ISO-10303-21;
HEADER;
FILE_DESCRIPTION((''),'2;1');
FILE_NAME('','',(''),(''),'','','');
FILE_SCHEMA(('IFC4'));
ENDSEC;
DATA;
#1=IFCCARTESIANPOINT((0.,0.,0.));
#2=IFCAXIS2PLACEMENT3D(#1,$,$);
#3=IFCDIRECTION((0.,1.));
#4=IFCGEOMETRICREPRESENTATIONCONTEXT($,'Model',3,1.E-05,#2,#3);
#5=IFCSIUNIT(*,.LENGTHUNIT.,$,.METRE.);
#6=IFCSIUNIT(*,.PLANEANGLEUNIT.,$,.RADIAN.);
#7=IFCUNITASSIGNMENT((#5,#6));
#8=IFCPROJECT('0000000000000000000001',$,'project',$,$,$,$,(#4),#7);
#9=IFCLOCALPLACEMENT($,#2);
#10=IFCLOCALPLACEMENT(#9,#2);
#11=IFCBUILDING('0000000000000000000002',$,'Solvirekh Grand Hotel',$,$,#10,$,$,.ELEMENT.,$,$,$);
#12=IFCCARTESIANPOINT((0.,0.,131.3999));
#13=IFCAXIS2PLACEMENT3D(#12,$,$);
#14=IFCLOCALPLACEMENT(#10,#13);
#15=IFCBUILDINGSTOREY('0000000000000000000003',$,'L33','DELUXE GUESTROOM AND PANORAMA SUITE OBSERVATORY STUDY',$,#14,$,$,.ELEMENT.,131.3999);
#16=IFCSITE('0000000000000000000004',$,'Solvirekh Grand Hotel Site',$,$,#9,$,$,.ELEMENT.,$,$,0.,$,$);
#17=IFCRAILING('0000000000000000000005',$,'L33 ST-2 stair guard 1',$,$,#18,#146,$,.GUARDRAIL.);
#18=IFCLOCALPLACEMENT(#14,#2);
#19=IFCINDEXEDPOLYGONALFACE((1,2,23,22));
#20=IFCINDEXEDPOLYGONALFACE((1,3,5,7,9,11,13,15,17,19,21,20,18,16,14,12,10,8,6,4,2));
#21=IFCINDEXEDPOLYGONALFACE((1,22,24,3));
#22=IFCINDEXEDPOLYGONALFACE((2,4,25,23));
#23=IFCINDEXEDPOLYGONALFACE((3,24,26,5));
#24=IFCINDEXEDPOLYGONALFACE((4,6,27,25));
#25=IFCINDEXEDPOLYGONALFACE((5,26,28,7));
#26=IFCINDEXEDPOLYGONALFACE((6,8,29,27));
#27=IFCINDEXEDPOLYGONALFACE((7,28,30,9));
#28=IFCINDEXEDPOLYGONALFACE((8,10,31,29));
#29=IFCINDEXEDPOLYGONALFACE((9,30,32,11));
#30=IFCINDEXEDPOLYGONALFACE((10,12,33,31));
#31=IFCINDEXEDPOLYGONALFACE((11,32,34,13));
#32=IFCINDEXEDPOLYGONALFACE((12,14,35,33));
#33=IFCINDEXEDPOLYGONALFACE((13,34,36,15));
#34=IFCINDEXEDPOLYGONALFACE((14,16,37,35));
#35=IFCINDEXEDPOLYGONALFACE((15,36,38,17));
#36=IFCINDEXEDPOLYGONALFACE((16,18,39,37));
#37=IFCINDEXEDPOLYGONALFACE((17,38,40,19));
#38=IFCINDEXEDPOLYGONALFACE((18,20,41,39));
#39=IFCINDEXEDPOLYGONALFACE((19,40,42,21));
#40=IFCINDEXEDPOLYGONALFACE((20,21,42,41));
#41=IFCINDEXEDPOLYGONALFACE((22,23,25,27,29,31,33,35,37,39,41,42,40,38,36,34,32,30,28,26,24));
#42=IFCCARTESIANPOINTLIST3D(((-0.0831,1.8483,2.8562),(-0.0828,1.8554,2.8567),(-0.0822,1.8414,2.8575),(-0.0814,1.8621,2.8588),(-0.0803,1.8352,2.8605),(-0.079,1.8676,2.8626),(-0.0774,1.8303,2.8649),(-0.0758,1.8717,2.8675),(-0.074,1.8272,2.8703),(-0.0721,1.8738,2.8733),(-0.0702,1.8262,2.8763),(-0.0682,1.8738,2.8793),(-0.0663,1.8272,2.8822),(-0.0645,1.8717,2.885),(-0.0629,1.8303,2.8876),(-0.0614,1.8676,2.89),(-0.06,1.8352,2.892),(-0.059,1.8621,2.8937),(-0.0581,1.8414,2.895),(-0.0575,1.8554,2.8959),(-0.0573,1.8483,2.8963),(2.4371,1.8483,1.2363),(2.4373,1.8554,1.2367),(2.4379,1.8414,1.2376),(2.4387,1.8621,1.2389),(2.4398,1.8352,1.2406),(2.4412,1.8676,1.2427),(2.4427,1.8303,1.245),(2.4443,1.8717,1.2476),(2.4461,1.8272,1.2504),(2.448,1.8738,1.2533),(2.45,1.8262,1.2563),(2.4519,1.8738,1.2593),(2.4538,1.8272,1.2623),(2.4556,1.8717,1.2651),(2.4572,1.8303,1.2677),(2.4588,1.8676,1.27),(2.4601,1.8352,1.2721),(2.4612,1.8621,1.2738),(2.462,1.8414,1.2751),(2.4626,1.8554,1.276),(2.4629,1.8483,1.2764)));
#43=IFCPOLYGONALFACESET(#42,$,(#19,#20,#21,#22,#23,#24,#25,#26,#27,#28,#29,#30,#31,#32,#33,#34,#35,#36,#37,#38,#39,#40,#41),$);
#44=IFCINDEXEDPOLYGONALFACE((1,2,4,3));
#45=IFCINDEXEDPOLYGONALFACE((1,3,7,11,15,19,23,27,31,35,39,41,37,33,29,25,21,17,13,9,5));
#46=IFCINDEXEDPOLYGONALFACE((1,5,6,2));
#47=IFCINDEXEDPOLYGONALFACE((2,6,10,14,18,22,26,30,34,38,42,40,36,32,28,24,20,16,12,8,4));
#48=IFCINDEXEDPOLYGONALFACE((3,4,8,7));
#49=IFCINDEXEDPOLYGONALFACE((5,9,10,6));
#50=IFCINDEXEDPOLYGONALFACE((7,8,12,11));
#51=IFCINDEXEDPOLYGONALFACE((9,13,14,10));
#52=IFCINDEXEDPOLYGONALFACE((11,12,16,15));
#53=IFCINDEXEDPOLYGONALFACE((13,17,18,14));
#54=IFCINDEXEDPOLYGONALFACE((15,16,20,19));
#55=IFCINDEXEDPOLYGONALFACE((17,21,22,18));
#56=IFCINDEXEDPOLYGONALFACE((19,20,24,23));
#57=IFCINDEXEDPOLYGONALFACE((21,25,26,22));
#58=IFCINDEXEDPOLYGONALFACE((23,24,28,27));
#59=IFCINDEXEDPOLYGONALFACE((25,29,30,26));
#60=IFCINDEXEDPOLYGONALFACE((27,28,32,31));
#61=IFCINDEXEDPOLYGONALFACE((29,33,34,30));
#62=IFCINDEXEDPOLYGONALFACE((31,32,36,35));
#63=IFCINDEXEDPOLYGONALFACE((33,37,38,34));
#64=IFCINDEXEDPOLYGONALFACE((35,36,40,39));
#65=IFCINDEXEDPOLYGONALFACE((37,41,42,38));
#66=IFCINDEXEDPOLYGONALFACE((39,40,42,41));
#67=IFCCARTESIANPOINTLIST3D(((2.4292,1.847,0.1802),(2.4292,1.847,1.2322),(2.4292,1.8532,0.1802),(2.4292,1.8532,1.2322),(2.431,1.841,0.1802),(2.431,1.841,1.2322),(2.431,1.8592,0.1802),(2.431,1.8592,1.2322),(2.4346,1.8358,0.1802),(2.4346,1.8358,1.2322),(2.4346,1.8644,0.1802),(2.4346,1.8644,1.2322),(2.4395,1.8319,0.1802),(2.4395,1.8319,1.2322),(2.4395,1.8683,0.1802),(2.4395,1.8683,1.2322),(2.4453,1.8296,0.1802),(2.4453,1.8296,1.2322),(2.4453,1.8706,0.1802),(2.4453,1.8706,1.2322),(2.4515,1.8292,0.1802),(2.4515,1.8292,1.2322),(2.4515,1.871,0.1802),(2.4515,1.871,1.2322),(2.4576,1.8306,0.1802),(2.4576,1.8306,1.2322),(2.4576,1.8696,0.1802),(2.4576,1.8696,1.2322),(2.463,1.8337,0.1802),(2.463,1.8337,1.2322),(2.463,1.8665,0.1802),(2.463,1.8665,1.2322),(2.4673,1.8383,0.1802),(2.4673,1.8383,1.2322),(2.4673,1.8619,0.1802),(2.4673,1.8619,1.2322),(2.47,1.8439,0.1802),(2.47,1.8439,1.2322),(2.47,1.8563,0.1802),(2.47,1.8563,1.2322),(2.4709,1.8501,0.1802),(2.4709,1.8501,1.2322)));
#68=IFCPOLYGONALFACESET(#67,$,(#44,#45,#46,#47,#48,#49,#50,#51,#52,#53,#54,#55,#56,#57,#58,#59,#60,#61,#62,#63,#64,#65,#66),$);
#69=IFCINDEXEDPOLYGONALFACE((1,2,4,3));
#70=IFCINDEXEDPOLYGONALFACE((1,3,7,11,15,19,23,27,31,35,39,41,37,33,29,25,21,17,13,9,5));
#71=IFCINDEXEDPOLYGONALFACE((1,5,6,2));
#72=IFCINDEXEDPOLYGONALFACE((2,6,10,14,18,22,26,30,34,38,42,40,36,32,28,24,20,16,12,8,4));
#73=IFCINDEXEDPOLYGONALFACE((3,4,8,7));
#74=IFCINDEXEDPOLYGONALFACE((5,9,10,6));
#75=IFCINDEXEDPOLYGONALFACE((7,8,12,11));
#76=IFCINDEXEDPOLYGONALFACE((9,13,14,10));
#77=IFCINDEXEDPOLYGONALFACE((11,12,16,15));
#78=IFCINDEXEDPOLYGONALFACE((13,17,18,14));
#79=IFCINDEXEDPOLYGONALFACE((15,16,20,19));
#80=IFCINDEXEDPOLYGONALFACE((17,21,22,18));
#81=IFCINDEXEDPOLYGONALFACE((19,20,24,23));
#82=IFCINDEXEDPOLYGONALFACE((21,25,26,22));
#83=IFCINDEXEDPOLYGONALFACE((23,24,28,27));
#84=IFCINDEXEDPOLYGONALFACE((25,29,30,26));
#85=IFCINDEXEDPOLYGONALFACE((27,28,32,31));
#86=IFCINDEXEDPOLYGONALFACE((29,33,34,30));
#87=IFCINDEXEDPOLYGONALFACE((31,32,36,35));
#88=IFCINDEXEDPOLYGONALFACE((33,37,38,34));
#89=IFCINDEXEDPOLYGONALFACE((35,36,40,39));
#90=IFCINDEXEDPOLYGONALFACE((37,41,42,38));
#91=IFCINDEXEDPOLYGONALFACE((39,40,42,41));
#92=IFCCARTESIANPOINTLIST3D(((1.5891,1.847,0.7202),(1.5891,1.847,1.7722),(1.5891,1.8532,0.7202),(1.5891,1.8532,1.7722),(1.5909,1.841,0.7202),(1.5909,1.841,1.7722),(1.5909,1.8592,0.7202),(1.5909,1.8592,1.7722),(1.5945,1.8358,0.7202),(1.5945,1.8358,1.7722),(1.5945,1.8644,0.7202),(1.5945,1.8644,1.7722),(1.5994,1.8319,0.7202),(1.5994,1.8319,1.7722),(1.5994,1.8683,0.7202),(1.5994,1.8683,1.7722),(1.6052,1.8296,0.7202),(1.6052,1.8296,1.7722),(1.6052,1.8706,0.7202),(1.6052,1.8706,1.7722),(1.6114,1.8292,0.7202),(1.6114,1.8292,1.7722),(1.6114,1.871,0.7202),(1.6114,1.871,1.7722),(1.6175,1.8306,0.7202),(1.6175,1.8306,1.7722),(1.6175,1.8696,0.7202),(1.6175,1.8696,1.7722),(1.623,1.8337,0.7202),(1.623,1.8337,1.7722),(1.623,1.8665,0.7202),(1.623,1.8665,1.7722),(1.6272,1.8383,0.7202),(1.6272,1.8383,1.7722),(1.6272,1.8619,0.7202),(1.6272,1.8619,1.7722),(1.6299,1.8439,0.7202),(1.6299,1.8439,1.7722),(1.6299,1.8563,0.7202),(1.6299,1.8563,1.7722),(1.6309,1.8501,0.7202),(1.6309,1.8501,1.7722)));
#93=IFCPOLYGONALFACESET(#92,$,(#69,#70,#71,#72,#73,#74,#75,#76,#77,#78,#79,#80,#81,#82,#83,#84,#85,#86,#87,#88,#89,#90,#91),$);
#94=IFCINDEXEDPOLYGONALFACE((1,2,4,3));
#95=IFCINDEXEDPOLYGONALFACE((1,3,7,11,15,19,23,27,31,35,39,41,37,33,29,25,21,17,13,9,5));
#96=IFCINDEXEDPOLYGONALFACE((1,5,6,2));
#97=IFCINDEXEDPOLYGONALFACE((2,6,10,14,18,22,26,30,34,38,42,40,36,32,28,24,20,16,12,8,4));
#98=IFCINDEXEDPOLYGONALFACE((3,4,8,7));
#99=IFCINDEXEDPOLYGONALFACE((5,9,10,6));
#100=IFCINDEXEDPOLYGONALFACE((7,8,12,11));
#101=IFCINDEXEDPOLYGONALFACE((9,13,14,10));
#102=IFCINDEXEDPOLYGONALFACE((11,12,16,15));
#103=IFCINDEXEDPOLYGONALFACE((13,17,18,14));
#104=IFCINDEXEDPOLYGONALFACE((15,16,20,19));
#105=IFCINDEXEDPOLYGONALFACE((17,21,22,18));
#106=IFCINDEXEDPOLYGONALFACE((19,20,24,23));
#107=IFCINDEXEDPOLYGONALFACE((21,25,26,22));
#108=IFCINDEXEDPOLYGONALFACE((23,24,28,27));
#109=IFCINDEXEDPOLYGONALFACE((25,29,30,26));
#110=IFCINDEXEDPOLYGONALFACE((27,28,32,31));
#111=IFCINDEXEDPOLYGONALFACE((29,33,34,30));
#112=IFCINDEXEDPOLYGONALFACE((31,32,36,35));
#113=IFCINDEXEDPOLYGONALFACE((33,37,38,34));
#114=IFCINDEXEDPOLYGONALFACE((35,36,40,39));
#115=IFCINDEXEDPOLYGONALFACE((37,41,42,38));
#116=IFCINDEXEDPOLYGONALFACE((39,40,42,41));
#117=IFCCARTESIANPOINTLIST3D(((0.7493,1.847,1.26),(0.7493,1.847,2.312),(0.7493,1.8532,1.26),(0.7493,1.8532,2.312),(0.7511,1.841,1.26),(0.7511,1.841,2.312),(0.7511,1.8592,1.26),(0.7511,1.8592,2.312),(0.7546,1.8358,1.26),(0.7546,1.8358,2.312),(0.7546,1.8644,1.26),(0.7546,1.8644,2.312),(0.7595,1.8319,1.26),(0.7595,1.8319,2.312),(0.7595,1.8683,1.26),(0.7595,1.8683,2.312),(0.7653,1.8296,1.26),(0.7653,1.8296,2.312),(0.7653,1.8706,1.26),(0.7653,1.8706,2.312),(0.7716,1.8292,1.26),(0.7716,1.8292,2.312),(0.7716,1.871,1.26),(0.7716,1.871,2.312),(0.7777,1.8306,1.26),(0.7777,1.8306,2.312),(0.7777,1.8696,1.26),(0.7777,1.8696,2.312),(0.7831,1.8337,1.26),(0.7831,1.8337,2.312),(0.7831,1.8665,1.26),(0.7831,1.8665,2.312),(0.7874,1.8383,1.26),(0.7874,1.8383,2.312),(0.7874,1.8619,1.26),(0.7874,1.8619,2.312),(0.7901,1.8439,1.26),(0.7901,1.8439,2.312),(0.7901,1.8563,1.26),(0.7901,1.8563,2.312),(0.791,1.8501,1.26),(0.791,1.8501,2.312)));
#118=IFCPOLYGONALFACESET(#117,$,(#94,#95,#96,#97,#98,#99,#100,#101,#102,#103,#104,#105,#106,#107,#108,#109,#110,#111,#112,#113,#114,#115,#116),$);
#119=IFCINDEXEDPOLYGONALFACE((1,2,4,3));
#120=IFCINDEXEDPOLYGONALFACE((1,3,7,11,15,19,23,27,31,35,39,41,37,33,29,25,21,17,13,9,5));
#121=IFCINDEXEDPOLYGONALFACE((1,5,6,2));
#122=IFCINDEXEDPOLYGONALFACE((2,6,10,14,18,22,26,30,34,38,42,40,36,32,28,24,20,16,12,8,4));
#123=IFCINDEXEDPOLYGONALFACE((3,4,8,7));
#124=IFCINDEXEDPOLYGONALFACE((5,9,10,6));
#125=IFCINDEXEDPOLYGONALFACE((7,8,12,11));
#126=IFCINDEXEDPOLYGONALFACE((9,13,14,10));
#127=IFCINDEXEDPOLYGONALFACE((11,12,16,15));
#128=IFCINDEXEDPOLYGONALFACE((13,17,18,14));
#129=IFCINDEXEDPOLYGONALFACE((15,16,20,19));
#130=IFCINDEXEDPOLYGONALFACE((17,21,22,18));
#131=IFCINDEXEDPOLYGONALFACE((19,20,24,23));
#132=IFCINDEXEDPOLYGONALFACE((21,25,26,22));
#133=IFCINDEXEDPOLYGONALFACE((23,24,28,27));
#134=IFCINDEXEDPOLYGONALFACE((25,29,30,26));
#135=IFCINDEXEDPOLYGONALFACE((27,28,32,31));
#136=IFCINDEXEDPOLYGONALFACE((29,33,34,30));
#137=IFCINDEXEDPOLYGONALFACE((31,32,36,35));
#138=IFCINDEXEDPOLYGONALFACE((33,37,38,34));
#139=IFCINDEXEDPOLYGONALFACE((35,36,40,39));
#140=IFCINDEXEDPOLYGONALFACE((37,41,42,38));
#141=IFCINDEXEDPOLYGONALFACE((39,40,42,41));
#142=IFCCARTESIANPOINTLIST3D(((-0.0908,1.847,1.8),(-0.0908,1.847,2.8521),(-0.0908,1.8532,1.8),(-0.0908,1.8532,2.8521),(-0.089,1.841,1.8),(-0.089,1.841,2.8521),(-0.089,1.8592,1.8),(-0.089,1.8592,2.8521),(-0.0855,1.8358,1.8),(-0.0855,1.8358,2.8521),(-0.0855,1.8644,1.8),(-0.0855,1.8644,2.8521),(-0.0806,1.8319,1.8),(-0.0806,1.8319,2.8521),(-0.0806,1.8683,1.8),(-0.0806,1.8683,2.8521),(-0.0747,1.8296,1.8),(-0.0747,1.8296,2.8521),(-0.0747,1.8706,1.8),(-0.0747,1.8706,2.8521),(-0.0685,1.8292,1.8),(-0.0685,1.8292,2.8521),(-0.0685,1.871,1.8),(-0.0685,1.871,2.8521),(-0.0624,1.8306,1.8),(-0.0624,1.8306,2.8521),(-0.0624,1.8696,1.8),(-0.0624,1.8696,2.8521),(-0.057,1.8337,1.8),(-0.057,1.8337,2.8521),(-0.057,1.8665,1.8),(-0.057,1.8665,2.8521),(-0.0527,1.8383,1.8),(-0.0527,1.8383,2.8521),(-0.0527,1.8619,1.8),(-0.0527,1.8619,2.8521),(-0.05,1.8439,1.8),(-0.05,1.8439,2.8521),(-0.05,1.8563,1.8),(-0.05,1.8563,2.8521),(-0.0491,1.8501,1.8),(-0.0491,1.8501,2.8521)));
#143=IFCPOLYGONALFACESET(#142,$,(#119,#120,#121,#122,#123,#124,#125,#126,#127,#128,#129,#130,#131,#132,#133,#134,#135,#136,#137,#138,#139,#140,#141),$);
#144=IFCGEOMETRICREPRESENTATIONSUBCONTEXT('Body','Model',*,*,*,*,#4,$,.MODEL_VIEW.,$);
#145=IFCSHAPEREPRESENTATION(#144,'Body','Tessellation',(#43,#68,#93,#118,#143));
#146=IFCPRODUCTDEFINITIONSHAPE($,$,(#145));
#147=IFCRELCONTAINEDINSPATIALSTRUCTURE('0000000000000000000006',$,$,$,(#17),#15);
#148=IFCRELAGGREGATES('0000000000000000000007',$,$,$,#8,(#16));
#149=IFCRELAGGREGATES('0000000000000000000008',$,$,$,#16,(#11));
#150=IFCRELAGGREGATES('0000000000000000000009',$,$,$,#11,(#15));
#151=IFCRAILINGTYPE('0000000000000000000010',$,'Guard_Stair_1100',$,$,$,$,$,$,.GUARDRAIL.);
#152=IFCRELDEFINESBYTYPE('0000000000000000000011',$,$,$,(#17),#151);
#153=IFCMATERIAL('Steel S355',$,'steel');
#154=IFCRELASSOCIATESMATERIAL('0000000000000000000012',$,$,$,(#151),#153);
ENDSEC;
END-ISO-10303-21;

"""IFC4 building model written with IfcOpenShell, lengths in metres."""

from ifc_helpers import new_model, si_unit, direction, frame, origin, origin_2d, place, context, subcontext, project, spatial, circle, extrude, material, type_object, element, save


model = new_model("IFC4")

# Units and contexts
model_context = context("Model", 3, precision=1e-05, world=origin(), true_north=direction((0.0, 1.0)))
body_context = subcontext(model_context, "Body", "Model", "MODEL_VIEW")
ifc_project = project(units=[si_unit("LENGTHUNIT", "METRE"), si_unit("PLANEANGLEUNIT", "RADIAN")], contexts=[model_context])

# Site, building, storey
site_placement = place(None, origin())
site = spatial("IfcSite", under=ifc_project, at=site_placement, Name="Solvirekh Grand Hotel Site", CompositionType="ELEMENT", RefElevation=0.0)
building_placement = place(site_placement, origin())
building = spatial("IfcBuilding", under=site, at=building_placement, Name="Solvirekh Grand Hotel", CompositionType="ELEMENT")
storey_placement = place(building_placement, frame((0.0, 0.0, 131.3999)))
storey = spatial("IfcBuildingStorey", under=building, at=storey_placement, Name="L33", Description="DELUXE GUESTROOM AND PANORAMA SUITE OBSERVATORY STUDY", CompositionType="ELEMENT", Elevation=131.3999)

# Shared definitions
ifc_material_1 = material(Name="Steel S355", Category="steel")

# Railing
railing_type_1 = type_object("IfcRailingType", Name="Guard_Stair_1100", PredefinedType="GUARDRAIL", material=ifc_material_1)
railing_1_placement = place(storey_placement, frame((2.45, 1.8501, 0.1802)))
element("IfcRailing", 1, at=railing_1_placement, inside=storey, type_object=railing_type_1, Name="L33 ST-2 stair guard 1", PredefinedType="GUARDRAIL", context=body_context, shape_type="SweptSolid", body=[
    extrude(circle(Radius=0.0239, at=origin_2d()), frame((0.0, 0.0, 1.0762), z_axis=(-0.8412, 0.0, 0.540725), x_axis=(0.0, -1.0, 0.0)), (0.0, 0.0, 1.0), 2.9958),
    extrude(circle(Radius=0.021, at=origin_2d()), origin(), (0.0, 0.0, 1.0), 1.052),
    extrude(circle(Radius=0.021, at=origin_2d()), frame((-0.8401, 0.0, 0.54)), (0.0, 0.0, 1.0), 1.052),
    extrude(circle(Radius=0.021, at=origin_2d()), frame((-1.6799, 0.0, 1.0798)), (0.0, 0.0, 1.0), 1.052),
    extrude(circle(Radius=0.021, at=origin_2d()), frame((-2.52, 0.0, 1.6199)), (0.0, 0.0, 1.0), 1.052),
])

save(model, "model.ifc")
